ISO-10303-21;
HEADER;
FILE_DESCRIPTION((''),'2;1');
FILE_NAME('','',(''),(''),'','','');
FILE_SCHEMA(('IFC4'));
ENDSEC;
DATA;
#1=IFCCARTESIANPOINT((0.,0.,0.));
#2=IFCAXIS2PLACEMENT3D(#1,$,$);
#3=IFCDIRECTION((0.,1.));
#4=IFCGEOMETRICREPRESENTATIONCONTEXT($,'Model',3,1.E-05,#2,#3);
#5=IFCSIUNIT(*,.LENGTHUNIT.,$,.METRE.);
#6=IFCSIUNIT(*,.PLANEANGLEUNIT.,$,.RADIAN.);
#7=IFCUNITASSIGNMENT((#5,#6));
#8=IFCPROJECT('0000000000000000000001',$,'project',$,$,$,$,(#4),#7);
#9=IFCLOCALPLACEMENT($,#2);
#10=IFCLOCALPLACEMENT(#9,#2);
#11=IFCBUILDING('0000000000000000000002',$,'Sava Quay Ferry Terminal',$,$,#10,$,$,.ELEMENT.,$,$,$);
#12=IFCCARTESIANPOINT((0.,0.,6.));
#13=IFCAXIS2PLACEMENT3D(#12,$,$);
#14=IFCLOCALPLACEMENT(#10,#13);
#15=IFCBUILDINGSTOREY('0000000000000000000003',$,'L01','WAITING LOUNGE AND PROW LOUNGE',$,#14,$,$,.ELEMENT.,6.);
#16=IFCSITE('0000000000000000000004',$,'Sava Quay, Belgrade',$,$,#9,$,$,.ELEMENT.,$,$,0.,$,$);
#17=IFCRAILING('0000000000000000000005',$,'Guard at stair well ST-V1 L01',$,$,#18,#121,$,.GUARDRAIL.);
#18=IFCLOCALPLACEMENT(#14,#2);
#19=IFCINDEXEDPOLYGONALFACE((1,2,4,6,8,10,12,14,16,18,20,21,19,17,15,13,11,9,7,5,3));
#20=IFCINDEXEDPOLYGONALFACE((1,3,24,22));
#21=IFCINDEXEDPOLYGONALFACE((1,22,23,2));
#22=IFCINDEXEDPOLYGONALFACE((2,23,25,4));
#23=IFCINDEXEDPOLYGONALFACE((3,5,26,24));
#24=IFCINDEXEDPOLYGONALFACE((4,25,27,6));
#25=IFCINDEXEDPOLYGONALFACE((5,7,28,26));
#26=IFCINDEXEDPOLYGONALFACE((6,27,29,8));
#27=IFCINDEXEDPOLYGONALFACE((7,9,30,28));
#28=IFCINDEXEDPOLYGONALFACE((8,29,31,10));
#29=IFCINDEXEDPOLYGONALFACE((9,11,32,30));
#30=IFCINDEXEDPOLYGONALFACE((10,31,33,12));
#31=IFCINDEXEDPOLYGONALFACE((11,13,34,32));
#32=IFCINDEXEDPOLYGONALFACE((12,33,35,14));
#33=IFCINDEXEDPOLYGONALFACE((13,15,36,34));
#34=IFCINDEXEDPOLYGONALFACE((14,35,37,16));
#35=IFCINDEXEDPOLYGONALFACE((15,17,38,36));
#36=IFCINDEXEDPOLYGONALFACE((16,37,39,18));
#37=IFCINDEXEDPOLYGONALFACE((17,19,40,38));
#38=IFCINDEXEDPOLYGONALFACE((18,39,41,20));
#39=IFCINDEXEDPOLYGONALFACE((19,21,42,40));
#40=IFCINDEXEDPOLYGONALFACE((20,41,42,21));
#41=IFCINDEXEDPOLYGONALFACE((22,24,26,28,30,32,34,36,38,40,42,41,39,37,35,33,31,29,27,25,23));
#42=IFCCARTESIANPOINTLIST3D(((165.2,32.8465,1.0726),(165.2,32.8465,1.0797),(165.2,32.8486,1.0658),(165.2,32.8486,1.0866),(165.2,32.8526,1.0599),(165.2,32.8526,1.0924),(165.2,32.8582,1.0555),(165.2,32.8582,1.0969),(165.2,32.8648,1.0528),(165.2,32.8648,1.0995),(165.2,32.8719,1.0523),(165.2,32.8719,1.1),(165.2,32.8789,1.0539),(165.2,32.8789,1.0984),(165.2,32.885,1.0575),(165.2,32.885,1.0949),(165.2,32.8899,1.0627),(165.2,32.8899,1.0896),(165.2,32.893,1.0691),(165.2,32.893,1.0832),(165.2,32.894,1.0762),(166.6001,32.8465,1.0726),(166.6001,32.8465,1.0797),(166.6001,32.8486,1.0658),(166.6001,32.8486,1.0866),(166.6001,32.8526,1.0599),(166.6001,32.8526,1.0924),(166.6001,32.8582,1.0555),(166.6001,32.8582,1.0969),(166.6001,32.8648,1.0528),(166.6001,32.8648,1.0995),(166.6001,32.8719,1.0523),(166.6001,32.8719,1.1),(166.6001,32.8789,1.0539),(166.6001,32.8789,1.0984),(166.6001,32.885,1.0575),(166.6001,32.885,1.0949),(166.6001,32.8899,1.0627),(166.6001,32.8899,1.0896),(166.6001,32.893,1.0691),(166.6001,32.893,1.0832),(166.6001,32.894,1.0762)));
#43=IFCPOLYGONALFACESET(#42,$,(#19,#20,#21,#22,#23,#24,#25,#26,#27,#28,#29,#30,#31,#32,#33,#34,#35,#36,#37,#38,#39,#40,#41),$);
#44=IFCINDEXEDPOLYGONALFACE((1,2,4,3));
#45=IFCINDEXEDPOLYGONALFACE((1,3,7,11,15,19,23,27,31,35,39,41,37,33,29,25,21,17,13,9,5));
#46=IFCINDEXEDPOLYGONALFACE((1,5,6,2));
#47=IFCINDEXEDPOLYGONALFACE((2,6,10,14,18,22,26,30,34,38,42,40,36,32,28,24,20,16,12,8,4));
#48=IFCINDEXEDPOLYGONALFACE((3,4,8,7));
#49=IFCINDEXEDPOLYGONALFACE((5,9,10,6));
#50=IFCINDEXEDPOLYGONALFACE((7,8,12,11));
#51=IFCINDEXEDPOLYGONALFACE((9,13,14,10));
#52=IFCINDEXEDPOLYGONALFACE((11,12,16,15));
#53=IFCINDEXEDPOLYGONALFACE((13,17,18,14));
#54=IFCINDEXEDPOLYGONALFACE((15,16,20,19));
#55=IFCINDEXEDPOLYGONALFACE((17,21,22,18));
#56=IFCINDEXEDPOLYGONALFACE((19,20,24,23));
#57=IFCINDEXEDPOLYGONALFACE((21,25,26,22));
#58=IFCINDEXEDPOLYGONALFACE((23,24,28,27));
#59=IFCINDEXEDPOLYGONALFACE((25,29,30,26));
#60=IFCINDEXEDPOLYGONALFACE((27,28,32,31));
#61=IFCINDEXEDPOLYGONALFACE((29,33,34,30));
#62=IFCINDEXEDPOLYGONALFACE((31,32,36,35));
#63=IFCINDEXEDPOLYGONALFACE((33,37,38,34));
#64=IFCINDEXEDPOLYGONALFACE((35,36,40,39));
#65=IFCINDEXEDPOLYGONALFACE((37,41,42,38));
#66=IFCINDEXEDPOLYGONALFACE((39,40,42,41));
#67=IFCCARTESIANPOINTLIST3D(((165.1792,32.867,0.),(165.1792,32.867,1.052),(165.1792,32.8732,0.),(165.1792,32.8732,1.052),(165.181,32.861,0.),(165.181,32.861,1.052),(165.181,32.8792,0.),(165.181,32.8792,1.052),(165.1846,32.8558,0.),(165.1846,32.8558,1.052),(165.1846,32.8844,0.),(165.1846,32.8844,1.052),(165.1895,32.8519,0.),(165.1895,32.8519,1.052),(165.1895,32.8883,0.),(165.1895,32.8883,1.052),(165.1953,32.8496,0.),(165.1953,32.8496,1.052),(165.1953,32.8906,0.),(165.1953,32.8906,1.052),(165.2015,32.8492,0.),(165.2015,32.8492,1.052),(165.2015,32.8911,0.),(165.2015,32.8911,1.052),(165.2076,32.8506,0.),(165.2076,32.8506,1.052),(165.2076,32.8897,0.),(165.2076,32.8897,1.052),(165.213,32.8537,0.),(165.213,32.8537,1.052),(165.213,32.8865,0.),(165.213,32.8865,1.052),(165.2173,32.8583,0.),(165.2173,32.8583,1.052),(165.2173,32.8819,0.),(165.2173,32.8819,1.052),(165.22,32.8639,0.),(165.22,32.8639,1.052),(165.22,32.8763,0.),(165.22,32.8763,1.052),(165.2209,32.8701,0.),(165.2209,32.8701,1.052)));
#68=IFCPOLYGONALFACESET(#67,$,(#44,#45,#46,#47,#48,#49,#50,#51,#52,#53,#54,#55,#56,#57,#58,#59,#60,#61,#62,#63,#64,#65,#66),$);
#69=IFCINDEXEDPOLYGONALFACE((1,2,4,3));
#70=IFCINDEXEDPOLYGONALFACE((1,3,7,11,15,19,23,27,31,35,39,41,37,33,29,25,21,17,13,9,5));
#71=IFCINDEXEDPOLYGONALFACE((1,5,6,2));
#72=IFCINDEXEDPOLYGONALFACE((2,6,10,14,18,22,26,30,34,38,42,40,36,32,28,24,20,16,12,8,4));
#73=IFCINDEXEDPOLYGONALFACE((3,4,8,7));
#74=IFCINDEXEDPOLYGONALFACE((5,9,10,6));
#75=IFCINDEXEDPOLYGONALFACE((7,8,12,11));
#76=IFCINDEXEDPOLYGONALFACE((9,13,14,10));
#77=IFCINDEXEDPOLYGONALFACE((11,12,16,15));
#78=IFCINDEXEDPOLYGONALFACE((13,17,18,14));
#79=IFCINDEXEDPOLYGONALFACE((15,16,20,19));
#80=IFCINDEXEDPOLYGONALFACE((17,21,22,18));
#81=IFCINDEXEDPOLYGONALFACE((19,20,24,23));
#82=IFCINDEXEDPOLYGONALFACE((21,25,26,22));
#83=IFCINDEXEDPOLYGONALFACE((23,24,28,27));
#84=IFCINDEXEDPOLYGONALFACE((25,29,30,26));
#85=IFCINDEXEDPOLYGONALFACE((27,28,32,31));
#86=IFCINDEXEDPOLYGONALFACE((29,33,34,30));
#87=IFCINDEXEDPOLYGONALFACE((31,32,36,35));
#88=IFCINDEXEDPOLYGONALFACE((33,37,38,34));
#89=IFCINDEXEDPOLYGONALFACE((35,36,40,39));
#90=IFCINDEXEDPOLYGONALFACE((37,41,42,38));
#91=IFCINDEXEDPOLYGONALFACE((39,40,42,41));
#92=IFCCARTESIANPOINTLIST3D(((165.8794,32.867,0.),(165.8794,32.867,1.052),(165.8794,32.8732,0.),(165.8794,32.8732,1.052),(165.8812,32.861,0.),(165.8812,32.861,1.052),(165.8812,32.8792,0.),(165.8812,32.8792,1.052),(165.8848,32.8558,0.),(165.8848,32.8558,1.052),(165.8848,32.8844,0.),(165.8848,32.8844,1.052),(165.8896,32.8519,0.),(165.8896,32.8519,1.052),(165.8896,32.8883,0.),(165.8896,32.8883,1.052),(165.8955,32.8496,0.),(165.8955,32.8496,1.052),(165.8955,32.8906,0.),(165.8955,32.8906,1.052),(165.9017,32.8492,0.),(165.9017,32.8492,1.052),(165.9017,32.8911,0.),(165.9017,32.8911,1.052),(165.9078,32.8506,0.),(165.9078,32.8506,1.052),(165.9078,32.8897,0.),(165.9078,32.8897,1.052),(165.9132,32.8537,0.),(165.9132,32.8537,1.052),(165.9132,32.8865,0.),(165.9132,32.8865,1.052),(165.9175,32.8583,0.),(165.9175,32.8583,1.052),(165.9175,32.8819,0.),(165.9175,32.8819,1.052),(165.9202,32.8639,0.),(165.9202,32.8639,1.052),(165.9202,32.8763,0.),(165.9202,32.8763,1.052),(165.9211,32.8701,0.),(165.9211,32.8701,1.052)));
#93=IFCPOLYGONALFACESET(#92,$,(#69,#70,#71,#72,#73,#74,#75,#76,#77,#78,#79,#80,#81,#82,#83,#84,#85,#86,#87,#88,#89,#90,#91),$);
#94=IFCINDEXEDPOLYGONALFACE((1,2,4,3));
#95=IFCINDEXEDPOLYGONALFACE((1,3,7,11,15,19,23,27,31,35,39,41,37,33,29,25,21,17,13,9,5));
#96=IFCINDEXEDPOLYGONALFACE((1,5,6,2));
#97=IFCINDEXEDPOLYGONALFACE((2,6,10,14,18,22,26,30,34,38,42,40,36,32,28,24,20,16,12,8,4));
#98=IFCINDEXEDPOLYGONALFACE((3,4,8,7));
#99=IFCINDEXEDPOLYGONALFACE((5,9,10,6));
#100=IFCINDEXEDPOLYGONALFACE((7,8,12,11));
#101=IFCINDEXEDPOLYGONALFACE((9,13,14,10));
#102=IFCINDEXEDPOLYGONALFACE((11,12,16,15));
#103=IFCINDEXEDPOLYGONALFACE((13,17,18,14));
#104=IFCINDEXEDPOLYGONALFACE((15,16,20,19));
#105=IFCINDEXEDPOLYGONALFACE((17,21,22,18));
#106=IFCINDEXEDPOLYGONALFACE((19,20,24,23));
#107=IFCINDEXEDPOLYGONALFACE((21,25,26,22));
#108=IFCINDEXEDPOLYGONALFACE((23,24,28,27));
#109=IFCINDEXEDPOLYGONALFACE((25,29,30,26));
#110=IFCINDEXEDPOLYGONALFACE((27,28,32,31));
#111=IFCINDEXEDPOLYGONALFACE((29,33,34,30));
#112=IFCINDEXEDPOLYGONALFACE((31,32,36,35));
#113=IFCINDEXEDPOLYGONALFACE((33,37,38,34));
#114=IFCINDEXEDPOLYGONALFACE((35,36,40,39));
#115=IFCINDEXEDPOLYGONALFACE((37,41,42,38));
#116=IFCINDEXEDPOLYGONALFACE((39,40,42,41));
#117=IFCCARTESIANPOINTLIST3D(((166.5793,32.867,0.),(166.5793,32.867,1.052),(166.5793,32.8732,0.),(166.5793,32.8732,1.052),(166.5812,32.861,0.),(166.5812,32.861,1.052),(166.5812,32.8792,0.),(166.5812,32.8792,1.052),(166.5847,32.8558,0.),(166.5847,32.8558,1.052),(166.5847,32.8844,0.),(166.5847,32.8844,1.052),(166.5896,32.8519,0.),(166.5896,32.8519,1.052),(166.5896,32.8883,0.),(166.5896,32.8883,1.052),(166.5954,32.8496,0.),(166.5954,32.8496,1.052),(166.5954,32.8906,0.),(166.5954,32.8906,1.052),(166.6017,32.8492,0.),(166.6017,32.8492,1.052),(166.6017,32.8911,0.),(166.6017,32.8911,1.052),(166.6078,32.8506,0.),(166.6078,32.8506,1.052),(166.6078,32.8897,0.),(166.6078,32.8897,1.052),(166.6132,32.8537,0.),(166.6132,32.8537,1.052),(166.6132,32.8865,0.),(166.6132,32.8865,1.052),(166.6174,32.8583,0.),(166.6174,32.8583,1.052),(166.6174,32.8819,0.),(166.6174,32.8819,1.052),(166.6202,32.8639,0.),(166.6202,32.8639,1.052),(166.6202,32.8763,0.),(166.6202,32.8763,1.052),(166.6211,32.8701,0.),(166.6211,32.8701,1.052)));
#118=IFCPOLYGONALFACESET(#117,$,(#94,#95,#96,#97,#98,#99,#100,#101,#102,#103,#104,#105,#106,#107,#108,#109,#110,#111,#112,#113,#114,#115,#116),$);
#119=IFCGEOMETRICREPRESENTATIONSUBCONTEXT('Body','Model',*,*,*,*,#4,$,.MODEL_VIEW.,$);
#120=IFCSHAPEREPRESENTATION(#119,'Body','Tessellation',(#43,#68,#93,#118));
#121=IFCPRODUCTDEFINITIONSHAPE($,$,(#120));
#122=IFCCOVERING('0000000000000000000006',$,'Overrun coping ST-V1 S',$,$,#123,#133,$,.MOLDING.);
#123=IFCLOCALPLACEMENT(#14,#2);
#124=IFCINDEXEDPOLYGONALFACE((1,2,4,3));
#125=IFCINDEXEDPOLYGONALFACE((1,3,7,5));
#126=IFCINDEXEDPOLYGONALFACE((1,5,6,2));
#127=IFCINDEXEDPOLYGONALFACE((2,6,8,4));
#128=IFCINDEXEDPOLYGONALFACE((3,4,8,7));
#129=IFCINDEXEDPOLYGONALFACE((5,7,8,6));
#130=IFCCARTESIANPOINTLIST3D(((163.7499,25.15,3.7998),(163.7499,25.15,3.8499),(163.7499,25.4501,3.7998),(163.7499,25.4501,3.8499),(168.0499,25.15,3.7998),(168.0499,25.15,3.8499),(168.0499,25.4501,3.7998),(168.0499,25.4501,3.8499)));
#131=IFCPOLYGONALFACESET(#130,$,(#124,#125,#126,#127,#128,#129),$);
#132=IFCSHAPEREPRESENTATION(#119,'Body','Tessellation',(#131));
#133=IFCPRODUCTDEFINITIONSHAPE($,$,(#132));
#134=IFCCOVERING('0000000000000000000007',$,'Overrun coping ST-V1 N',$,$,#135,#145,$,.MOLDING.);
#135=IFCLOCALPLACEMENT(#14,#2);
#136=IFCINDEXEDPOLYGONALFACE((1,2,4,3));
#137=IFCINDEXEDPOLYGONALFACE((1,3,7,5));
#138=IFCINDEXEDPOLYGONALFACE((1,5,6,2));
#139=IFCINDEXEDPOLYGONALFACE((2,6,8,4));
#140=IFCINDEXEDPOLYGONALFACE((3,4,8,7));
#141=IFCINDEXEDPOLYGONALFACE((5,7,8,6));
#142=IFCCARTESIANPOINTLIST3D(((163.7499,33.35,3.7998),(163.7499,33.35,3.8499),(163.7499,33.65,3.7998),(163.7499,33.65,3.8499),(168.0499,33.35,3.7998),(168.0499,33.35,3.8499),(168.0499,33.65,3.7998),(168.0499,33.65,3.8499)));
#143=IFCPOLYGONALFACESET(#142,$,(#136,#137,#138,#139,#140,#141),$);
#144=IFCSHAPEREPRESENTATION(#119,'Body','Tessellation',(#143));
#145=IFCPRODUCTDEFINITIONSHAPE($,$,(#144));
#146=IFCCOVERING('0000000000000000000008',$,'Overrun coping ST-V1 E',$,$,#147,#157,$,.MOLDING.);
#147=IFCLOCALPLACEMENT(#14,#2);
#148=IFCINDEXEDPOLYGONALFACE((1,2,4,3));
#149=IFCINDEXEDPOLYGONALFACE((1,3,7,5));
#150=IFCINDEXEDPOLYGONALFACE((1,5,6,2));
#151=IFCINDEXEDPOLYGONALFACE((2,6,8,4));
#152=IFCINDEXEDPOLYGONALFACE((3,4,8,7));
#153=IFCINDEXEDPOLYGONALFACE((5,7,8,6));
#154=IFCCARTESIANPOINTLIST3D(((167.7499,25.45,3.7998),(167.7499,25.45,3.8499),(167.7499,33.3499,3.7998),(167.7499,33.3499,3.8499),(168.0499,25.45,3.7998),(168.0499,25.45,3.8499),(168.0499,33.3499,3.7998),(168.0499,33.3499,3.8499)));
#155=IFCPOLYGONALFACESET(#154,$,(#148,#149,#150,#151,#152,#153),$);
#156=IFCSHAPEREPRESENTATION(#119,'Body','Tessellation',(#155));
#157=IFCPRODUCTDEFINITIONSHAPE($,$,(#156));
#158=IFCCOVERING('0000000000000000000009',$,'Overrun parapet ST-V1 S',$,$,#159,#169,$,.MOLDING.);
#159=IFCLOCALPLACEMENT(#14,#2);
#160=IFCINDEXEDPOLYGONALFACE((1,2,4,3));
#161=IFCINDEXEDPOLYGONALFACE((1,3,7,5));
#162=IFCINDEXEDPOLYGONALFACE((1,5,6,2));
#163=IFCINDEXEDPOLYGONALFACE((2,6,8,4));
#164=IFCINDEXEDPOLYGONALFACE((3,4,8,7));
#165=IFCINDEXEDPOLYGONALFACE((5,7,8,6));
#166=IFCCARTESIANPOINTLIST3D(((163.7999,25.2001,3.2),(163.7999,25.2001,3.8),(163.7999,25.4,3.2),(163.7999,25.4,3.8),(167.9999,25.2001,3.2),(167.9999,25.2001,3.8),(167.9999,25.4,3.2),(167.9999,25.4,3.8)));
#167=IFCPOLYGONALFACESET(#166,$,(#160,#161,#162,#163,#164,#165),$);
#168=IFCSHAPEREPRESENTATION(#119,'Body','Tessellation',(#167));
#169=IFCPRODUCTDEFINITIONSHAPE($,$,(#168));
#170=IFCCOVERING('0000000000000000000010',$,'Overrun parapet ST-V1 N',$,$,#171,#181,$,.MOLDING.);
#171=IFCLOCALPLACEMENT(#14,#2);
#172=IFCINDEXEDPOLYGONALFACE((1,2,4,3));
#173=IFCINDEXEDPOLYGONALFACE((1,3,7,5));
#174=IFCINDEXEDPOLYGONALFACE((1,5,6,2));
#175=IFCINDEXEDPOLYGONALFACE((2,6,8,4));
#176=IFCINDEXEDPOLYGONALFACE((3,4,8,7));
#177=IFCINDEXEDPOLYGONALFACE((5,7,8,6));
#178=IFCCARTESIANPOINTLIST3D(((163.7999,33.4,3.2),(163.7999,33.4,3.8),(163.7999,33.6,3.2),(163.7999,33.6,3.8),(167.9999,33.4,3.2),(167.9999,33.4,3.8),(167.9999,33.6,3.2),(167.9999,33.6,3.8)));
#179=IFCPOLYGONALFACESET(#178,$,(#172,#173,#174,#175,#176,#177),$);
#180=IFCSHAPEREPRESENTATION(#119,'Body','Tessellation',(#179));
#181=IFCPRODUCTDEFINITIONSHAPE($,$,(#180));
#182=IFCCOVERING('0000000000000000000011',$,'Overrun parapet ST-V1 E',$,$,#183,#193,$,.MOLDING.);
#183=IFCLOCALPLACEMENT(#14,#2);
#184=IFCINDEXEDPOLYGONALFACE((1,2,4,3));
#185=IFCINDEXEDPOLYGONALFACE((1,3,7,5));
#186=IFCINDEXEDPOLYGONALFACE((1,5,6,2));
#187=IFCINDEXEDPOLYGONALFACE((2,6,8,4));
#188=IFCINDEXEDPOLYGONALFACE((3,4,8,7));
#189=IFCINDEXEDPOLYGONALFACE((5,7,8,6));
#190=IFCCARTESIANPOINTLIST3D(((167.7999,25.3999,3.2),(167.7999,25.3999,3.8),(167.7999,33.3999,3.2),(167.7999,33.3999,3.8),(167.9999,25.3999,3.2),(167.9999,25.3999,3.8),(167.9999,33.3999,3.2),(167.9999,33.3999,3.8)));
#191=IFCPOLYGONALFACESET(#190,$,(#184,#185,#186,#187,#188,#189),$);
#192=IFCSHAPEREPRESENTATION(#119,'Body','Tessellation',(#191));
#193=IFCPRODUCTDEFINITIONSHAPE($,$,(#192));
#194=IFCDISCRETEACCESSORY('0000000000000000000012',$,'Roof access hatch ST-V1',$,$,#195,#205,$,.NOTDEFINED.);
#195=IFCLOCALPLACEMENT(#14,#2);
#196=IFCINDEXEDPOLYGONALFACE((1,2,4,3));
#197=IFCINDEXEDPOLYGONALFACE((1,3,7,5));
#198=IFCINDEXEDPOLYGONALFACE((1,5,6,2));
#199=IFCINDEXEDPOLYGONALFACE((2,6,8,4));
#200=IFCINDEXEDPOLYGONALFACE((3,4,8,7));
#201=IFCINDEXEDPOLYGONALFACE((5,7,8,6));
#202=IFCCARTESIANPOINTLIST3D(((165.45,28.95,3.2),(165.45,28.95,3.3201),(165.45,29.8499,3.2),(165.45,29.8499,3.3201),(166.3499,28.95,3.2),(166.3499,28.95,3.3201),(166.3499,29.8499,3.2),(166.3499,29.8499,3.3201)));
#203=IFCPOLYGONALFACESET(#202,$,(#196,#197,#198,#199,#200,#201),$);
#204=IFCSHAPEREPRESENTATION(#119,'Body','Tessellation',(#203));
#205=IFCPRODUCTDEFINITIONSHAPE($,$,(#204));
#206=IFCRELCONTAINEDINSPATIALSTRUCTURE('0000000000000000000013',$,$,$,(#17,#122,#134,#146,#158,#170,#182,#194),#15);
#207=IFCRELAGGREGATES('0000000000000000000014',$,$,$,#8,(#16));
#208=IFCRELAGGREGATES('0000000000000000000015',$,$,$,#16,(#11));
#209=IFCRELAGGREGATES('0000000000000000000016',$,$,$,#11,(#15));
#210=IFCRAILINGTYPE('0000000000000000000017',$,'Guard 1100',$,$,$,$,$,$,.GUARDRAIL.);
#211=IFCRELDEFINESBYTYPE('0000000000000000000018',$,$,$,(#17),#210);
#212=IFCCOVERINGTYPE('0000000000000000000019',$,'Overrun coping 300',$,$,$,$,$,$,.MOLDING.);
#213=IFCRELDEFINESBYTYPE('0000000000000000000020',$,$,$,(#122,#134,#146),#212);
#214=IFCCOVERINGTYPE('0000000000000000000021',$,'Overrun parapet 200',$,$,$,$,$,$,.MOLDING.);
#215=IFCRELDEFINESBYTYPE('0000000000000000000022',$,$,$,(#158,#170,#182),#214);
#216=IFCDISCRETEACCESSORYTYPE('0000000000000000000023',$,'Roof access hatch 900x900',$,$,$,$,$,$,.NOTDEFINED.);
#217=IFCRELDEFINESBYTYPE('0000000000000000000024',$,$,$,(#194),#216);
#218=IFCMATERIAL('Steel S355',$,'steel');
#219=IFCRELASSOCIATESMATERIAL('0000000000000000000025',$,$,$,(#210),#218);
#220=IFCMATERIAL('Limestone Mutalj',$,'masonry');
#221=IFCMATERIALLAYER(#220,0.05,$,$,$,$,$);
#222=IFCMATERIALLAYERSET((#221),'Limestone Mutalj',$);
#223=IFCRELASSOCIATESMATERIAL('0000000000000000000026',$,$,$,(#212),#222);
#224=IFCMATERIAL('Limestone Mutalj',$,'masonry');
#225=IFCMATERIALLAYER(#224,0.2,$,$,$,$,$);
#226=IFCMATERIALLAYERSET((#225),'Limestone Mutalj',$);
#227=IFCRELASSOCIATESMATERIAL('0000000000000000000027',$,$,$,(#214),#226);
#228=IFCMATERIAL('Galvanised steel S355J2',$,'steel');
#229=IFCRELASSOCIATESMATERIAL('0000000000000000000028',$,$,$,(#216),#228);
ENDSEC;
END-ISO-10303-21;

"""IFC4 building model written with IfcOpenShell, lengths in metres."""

from ifc_helpers import new_model, si_unit, direction, frame, origin, origin_2d, place, context, subcontext, project, spatial, rectangle, circle, extrude, material, layer, layer_set, type_object, element, save


model = new_model("IFC4")

# Units and contexts
model_context = context("Model", 3, precision=1e-05, world=origin(), true_north=direction((0.0, 1.0)))
body_context = subcontext(model_context, "Body", "Model", "MODEL_VIEW")
ifc_project = project(units=[si_unit("LENGTHUNIT", "METRE"), si_unit("PLANEANGLEUNIT", "RADIAN")], contexts=[model_context])

# Site, building, storey
site_placement = place(None, origin())
site = spatial("IfcSite", under=ifc_project, at=site_placement, Name="Sava Quay, Belgrade", CompositionType="ELEMENT", RefElevation=0.0)
building_placement = place(site_placement, origin())
building = spatial("IfcBuilding", under=site, at=building_placement, Name="Sava Quay Ferry Terminal", CompositionType="ELEMENT")
storey_placement = place(building_placement, frame((0.0, 0.0, 6.0)))
storey = spatial("IfcBuildingStorey", under=building, at=storey_placement, Name="L01", Description="WAITING LOUNGE AND PROW LOUNGE", CompositionType="ELEMENT", Elevation=6.0)

# Railing
ifc_material_1 = material(Name="Steel S355", Category="steel")
railing_type = type_object("IfcRailingType", Name="Guard 1100", PredefinedType="GUARDRAIL", material=ifc_material_1)
railing_placement = place(storey_placement, frame((165.2, 32.8701, 0.0)))
element("IfcRailing", 1, at=railing_placement, inside=storey, type_object=railing_type, Name="Guard at stair well ST-V1 L01", PredefinedType="GUARDRAIL", context=body_context, shape_type="SweptSolid", body=[
    extrude(circle(Radius=0.0239, at=origin_2d()), frame((0.0, 0.0, 1.0762), z_axis=(1.0, 0.0, 0.0), x_axis=(0.0, 1.0, 0.0)), (0.0, 0.0, 1.0), 1.4001),
    extrude(circle(Radius=0.021, at=origin_2d()), origin(), (0.0, 0.0, 1.0), 1.052),
    extrude(circle(Radius=0.021, at=origin_2d()), frame((0.7002, 0.0, 0.0)), (0.0, 0.0, 1.0), 1.052),
    extrude(circle(Radius=0.021, at=origin_2d()), frame((1.4001, 0.0, 0.0)), (0.0, 0.0, 1.0), 1.052),
])

# Coverings
ifc_material_2 = material(Name="Limestone Mutalj", Category="masonry")
ifc_layer_1 = layer(ifc_material_2, 0.05)
ifc_layer_set_1 = layer_set([ifc_layer_1], Name="Limestone Mutalj")
covering_type_1 = type_object("IfcCoveringType", Name="Overrun coping 300", PredefinedType="MOLDING", material=ifc_layer_set_1)
for number, where, z_axis, x_axis, name in (
    (2, (165.8999, 25.3, 3.7998), (0.0, 0.0, 1.0), (1.0, 0.0, 0.0), "Overrun coping ST-V1 S"),
    (3, (165.8999, 33.5, 3.7998), (0.0, 0.0, 1.0), (1.0, 0.0, 0.0), "Overrun coping ST-V1 N"),
):
    element("IfcCovering", number, at=place(storey_placement, frame(where, z_axis=z_axis, x_axis=x_axis)), inside=storey, type_object=covering_type_1, Name=name, PredefinedType="MOLDING", context=body_context, shape_type="SweptSolid", body=[
        extrude(rectangle(XDim=4.3, YDim=0.3, at=origin_2d()), origin(), (0.0, 0.0, 1.0), 0.05),
    ])
covering_1_placement = place(storey_placement, frame((167.8999, 29.3999, 3.7998), z_axis=(0.0, 0.0, 1.0), x_axis=(1.0, 0.0, 0.0)))
element("IfcCovering", 4, at=covering_1_placement, inside=storey, type_object=covering_type_1, Name="Overrun coping ST-V1 E", PredefinedType="MOLDING", context=body_context, shape_type="SweptSolid", body=[
    extrude(rectangle(XDim=0.3, YDim=7.8999, at=origin_2d()), origin(), (0.0, 0.0, 1.0), 0.05),
])
ifc_material_3 = material(Name="Limestone Mutalj", Category="masonry")
ifc_layer_2 = layer(ifc_material_3, 0.2)
ifc_layer_set_2 = layer_set([ifc_layer_2], Name="Limestone Mutalj")
covering_type_2 = type_object("IfcCoveringType", Name="Overrun parapet 200", PredefinedType="MOLDING", material=ifc_layer_set_2)
for number, where, z_axis, x_axis, name in (
    (5, (165.8999, 25.3, 3.2), (0.0, 0.0, 1.0), (1.0, 0.0, 0.0), "Overrun parapet ST-V1 S"),
    (6, (165.8999, 33.5, 3.2), (0.0, 0.0, 1.0), (1.0, 0.0, 0.0), "Overrun parapet ST-V1 N"),
):
    element("IfcCovering", number, at=place(storey_placement, frame(where, z_axis=z_axis, x_axis=x_axis)), inside=storey, type_object=covering_type_2, Name=name, PredefinedType="MOLDING", context=body_context, shape_type="SweptSolid", body=[
        extrude(rectangle(XDim=4.2, YDim=0.2, at=origin_2d()), origin(), (0.0, 0.0, 1.0), 0.6001),
    ])
covering_2_placement = place(storey_placement, frame((167.8999, 29.3999, 3.2), z_axis=(0.0, 0.0, 1.0), x_axis=(1.0, 0.0, 0.0)))
element("IfcCovering", 7, at=covering_2_placement, inside=storey, type_object=covering_type_2, Name="Overrun parapet ST-V1 E", PredefinedType="MOLDING", context=body_context, shape_type="SweptSolid", body=[
    extrude(rectangle(XDim=0.2, YDim=8.0, at=origin_2d()), origin(), (0.0, 0.0, 1.0), 0.6001),
])

# Discrete accessory
ifc_material_4 = material(Name="Galvanised steel S355J2", Category="steel")
discrete_accessory_type = type_object("IfcDiscreteAccessoryType", Name="Roof access hatch 900x900", PredefinedType="NOTDEFINED", material=ifc_material_4)
discrete_accessory_placement = place(storey_placement, frame((165.8999, 29.3999, 3.2), z_axis=(0.0, 0.0, 1.0), x_axis=(1.0, 0.0, 0.0)))
element("IfcDiscreteAccessory", 8, at=discrete_accessory_placement, inside=storey, type_object=discrete_accessory_type, Name="Roof access hatch ST-V1", PredefinedType="NOTDEFINED", context=body_context, shape_type="SweptSolid", body=[
    extrude(rectangle(XDim=0.8999, YDim=0.8999, at=origin_2d()), origin(), (0.0, 0.0, 1.0), 0.1201),
])

save(model, "model.ifc")
